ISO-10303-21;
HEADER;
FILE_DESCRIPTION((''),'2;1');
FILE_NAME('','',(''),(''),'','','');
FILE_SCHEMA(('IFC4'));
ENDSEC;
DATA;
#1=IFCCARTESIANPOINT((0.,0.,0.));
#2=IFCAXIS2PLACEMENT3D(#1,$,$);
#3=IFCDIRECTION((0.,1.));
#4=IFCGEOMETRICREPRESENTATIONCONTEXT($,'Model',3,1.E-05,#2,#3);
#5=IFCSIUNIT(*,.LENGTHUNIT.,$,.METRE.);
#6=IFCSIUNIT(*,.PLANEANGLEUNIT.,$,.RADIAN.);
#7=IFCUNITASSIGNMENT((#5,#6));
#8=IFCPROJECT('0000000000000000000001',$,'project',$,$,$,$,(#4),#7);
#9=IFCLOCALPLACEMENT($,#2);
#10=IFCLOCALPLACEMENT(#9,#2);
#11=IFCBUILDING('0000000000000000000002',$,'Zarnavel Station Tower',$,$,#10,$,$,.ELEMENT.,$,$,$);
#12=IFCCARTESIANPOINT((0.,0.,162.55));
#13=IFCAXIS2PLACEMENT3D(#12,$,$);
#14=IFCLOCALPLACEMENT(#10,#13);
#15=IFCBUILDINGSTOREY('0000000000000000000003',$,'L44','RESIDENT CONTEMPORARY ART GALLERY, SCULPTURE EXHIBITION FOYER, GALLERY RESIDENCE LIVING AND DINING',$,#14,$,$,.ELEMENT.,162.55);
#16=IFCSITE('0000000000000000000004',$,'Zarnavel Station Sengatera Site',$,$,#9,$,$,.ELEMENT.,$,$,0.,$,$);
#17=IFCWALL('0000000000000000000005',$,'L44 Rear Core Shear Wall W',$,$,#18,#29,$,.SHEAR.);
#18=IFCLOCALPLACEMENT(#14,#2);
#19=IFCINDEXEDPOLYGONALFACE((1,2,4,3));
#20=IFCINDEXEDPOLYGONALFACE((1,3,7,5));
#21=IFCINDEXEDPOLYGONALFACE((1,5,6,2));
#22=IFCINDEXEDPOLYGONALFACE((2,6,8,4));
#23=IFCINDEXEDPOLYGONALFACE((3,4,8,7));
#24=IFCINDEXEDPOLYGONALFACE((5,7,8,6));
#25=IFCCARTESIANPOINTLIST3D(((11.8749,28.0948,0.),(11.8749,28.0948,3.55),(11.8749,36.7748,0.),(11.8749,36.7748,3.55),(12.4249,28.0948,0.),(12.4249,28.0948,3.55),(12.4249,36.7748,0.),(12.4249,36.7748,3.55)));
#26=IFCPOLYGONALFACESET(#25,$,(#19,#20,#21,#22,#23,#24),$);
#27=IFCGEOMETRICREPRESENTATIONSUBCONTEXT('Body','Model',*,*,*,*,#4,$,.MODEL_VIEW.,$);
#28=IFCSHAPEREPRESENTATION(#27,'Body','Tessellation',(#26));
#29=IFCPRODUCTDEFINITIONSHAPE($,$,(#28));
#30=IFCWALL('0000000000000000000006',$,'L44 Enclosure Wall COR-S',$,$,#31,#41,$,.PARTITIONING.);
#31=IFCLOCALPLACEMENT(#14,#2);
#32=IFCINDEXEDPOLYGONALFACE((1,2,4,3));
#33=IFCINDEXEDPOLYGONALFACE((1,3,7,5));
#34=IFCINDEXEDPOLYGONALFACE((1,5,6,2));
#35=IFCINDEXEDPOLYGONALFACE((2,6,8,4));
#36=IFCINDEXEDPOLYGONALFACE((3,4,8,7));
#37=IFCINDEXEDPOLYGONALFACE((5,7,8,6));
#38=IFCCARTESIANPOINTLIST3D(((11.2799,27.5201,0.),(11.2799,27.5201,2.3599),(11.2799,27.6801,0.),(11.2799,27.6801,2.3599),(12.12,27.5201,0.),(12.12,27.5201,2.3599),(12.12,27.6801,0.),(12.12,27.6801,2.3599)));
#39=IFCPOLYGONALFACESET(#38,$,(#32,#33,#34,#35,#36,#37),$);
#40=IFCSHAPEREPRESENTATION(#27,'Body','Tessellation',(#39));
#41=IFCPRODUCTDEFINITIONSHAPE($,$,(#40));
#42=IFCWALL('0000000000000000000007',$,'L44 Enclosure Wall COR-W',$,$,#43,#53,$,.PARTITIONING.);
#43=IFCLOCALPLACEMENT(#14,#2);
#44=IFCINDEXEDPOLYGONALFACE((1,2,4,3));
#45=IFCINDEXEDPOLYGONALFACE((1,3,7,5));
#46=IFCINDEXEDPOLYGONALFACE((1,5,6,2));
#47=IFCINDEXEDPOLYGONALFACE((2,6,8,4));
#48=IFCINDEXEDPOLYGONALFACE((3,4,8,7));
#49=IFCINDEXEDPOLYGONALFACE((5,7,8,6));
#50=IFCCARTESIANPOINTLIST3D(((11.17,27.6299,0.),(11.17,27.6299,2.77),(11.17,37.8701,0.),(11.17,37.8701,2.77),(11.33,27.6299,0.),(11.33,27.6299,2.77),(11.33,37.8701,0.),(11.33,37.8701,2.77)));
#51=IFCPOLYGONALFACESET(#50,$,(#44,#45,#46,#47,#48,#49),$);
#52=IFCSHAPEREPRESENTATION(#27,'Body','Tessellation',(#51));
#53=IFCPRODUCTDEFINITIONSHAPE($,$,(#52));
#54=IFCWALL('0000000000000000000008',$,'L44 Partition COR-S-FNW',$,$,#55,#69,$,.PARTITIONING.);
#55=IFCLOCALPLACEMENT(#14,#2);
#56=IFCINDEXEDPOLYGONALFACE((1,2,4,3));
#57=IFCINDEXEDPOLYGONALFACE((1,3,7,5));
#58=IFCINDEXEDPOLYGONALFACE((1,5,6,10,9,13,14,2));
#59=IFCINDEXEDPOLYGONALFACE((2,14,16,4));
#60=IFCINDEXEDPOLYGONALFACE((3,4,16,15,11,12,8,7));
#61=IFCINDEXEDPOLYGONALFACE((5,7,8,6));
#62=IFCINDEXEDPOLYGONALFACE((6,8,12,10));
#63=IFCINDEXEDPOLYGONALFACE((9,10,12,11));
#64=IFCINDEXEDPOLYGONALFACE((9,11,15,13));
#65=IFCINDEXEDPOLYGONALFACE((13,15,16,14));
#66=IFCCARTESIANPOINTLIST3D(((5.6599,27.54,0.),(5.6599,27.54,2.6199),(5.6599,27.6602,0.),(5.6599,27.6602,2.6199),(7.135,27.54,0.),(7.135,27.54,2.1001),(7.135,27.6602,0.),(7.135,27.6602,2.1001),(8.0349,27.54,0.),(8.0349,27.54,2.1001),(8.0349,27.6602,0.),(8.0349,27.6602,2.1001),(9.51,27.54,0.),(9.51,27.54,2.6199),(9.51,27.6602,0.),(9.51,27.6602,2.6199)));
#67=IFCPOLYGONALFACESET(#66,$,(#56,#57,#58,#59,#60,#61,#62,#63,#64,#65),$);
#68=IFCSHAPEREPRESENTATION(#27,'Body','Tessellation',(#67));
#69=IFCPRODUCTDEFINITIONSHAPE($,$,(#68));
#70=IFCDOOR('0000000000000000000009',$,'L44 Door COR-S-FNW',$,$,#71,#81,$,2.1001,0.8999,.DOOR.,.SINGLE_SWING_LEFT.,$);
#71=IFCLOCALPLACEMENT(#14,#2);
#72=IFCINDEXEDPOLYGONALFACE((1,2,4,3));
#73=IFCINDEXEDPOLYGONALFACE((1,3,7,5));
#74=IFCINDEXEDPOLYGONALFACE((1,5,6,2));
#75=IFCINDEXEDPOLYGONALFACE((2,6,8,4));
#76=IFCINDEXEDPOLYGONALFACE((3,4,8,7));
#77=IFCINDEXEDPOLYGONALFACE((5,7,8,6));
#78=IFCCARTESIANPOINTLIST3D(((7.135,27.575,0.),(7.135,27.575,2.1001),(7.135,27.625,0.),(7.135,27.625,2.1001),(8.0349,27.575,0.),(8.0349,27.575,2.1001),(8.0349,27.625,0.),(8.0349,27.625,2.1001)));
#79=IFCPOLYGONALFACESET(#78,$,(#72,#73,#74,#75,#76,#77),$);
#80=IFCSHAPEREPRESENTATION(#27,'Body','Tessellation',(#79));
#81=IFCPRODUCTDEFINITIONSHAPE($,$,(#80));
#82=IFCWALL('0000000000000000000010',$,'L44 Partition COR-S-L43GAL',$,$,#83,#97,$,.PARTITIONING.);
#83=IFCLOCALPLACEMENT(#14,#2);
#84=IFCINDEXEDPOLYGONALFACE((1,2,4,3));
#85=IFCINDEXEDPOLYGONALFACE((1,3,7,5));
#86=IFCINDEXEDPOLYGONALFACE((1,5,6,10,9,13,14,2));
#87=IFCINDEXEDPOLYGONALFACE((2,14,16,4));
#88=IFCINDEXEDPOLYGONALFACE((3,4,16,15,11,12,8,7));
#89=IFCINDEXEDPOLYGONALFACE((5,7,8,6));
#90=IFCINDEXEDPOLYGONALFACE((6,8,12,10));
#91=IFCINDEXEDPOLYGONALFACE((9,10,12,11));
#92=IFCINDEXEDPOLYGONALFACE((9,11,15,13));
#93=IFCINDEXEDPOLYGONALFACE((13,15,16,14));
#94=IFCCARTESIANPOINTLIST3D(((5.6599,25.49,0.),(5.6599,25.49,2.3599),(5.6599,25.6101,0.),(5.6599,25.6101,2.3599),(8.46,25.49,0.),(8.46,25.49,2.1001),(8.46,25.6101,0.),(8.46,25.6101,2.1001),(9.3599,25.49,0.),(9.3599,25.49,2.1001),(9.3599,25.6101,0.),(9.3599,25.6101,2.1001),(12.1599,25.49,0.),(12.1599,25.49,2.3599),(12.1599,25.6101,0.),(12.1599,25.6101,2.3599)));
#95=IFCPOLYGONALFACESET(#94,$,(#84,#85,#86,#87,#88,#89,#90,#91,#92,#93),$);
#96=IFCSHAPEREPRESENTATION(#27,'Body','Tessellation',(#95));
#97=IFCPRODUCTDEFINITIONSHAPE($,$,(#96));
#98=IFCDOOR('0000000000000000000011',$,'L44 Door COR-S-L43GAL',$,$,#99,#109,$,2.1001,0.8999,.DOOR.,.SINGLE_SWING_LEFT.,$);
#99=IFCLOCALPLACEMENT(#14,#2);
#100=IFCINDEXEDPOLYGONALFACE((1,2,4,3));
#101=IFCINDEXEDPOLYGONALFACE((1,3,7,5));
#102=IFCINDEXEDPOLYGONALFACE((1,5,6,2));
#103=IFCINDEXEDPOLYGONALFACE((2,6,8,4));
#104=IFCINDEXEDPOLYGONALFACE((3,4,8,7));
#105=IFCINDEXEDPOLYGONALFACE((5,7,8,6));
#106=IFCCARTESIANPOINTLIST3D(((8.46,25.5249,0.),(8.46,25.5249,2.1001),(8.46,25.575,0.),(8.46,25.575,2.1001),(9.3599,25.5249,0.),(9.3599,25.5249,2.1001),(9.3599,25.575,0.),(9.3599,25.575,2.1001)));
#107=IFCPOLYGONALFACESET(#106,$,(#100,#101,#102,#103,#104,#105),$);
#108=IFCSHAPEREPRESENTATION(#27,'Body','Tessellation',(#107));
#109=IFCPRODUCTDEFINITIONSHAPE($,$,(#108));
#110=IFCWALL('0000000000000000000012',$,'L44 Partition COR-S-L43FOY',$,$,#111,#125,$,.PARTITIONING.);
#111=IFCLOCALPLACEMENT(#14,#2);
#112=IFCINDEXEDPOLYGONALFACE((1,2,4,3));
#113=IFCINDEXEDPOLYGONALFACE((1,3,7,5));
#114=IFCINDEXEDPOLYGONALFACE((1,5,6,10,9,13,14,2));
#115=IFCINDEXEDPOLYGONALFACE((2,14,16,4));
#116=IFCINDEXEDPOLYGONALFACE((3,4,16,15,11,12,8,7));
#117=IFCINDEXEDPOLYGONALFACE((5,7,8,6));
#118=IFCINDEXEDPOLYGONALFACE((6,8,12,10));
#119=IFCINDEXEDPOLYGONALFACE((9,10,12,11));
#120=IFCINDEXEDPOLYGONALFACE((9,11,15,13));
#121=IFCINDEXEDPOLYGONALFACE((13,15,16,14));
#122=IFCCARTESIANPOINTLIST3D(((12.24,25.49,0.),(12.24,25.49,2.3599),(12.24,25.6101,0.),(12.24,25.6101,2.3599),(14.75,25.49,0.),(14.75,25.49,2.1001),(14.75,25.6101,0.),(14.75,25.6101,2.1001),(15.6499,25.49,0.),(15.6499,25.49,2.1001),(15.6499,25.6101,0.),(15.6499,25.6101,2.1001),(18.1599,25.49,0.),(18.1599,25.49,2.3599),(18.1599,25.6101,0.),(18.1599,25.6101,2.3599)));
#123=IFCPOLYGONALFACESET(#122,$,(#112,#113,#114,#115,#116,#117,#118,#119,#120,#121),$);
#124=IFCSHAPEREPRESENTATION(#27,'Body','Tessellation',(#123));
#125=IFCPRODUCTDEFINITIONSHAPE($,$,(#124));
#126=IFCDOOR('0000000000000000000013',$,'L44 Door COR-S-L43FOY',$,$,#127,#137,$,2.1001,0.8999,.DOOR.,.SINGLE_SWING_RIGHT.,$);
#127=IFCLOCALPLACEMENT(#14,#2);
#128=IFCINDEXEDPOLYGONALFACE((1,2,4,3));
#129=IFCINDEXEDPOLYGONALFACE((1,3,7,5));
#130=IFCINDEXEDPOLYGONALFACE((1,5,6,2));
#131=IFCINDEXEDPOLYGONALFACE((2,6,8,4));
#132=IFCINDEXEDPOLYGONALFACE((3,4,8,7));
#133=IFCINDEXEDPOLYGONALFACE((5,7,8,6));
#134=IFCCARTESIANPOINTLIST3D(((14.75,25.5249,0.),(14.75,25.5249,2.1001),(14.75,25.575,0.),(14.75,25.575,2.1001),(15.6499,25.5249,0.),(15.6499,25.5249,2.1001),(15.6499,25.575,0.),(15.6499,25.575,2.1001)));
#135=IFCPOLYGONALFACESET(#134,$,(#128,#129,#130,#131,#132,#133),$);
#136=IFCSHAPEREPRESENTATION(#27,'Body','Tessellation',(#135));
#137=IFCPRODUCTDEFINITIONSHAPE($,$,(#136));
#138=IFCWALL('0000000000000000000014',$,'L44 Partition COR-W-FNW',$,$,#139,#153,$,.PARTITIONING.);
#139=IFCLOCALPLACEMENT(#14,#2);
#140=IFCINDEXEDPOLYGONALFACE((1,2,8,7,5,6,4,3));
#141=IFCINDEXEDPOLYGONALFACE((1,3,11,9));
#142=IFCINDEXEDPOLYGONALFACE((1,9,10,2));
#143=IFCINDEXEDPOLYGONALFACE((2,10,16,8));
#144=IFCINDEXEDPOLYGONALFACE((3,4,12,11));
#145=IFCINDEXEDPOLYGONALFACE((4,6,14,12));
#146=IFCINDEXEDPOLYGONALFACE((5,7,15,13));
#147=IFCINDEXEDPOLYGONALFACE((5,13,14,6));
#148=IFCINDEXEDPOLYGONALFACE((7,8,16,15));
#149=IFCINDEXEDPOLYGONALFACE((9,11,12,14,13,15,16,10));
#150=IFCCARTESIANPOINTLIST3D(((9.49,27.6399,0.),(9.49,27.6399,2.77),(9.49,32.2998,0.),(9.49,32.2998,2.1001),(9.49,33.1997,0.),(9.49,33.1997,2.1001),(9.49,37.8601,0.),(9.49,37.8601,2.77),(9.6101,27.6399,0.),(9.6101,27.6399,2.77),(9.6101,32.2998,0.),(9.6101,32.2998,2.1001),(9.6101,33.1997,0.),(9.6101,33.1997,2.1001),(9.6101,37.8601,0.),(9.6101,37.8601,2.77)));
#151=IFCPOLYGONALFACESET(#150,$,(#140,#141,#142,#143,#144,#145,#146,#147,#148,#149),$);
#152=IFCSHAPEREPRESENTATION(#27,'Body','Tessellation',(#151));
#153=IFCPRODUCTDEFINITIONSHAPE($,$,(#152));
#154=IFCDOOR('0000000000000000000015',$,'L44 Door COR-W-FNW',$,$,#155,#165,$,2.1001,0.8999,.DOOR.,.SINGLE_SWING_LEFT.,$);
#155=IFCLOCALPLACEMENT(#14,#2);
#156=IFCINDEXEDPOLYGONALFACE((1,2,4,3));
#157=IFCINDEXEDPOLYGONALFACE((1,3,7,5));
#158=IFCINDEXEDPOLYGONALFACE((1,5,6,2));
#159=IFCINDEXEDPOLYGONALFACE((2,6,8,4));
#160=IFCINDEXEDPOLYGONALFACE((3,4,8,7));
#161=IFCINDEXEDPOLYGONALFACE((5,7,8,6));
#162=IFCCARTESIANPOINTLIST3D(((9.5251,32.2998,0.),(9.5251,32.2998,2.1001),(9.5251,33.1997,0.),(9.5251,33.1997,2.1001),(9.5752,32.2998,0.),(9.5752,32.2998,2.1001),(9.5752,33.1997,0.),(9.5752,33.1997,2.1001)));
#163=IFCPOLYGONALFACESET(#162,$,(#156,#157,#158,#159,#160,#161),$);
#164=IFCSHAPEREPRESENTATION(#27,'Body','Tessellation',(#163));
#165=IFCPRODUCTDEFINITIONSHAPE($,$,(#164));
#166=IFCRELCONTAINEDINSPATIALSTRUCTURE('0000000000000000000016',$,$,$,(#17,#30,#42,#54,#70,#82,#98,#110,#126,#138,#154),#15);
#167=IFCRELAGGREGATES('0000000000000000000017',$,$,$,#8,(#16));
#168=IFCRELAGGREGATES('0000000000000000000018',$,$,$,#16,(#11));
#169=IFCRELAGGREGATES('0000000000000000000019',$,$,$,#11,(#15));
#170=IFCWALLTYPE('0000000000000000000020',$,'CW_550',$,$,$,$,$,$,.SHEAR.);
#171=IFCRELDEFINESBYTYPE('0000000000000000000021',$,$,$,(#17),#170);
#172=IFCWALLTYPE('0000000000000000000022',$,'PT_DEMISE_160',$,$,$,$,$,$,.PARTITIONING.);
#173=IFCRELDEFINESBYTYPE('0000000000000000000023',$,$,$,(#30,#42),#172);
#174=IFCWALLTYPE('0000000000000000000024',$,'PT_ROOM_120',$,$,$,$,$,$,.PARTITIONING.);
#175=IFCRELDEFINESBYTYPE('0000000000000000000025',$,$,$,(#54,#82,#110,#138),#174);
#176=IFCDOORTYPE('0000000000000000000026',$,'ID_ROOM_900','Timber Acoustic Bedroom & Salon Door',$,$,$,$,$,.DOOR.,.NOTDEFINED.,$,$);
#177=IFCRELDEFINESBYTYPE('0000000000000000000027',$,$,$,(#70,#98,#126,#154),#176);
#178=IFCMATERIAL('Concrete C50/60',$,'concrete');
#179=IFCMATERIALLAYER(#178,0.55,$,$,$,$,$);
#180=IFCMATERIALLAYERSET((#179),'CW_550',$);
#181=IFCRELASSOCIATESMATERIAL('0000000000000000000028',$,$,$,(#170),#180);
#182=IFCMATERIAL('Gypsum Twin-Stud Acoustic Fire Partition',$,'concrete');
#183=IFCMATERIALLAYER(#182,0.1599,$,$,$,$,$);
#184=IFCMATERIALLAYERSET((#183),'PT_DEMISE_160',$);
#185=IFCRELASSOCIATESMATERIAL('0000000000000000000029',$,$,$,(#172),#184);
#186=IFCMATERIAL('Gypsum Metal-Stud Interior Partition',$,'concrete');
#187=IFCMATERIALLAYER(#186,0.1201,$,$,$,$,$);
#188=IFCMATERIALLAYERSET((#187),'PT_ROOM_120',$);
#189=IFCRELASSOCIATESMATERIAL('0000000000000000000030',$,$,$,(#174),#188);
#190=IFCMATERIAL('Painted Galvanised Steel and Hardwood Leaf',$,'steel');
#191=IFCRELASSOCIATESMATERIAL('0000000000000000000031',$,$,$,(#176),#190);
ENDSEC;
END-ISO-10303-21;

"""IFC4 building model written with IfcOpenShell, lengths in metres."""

from ifc_helpers import new_model, si_unit, direction, frame, frame_2d, origin, place, context, subcontext, project, spatial, rectangle, extrude, material, layer, layer_set, type_object, element, fill, save


model = new_model("IFC4")

# Units and contexts
model_context = context("Model", 3, precision=1e-05, world=origin(), true_north=direction((0.0, 1.0)))
body_context = subcontext(model_context, "Body", "Model", "MODEL_VIEW")
ifc_project = project(units=[si_unit("LENGTHUNIT", "METRE"), si_unit("PLANEANGLEUNIT", "RADIAN")], contexts=[model_context])

# Site, building, storey
site_placement = place(None, origin())
site = spatial("IfcSite", under=ifc_project, at=site_placement, Name="Zarnavel Station Sengatera Site", CompositionType="ELEMENT", RefElevation=0.0)
building_placement = place(site_placement, origin())
building = spatial("IfcBuilding", under=site, at=building_placement, Name="Zarnavel Station Tower", CompositionType="ELEMENT")
storey_placement = place(building_placement, frame((0.0, 0.0, 162.55)))
storey = spatial("IfcBuildingStorey", under=building, at=storey_placement, Name="L44", Description="RESIDENT CONTEMPORARY ART GALLERY, SCULPTURE EXHIBITION FOYER, GALLERY RESIDENCE LIVING AND DINING", CompositionType="ELEMENT", Elevation=162.55)

# Walls
ifc_material_1 = material(Name="Concrete C50/60", Category="concrete")
ifc_layer_1 = layer(ifc_material_1, 0.55)
ifc_layer_set_1 = layer_set([ifc_layer_1], Name="CW_550")
wall_type_1 = type_object("IfcWallType", Name="CW_550", PredefinedType="SHEAR", material=ifc_layer_set_1)
wall_1_placement = place(storey_placement, frame((12.1499, 28.095, 0.0), z_axis=(0.0, 0.0, 1.0), x_axis=(0.0, 1.0, 0.0)))
element("IfcWall", 1, at=wall_1_placement, inside=storey, type_object=wall_type_1, Name="L44 Rear Core Shear Wall W", PredefinedType="SHEAR", context=body_context, shape_type="SweptSolid", body=[
    extrude(rectangle(XDim=8.6799, YDim=0.55, at=frame_2d((4.3398, 0.0))), origin(), (0.0, 0.0, 1.0), 3.55),
])
ifc_material_2 = material(Name="Gypsum Twin-Stud Acoustic Fire Partition", Category="concrete")
ifc_layer_2 = layer(ifc_material_2, 0.1599)
ifc_layer_set_2 = layer_set([ifc_layer_2], Name="PT_DEMISE_160")
wall_type_2 = type_object("IfcWallType", Name="PT_DEMISE_160", PredefinedType="PARTITIONING", material=ifc_layer_set_2)
wall_2_placement = place(storey_placement, frame((11.28, 27.6001, 0.0), z_axis=(0.0, 0.0, 1.0), x_axis=(1.0, 0.0, 0.0)))
element("IfcWall", 2, at=wall_2_placement, inside=storey, type_object=wall_type_2, Name="L44 Enclosure Wall COR-S", PredefinedType="PARTITIONING", context=body_context, shape_type="SweptSolid", body=[
    extrude(rectangle(XDim=0.8401, YDim=0.1599, at=frame_2d((0.4199, 0.0))), origin(), (0.0, 0.0, 1.0), 2.3599),
])
wall_3_placement = place(storey_placement, frame((11.25, 27.6299, 0.0), z_axis=(0.0, 0.0, 1.0), x_axis=(0.0, 1.0, 0.0)))
element("IfcWall", 3, at=wall_3_placement, inside=storey, type_object=wall_type_2, Name="L44 Enclosure Wall COR-W", PredefinedType="PARTITIONING", context=body_context, shape_type="SweptSolid", body=[
    extrude(rectangle(XDim=10.2402, YDim=0.1599, at=frame_2d((5.1201, 0.0))), origin(), (0.0, 0.0, 1.0), 2.77),
])

# Walls, openings, doors
ifc_material_3 = material(Name="Gypsum Metal-Stud Interior Partition", Category="concrete")
ifc_layer_3 = layer(ifc_material_3, 0.1201)
ifc_layer_set_3 = layer_set([ifc_layer_3], Name="PT_ROOM_120")
wall_type_3 = type_object("IfcWallType", Name="PT_ROOM_120", PredefinedType="PARTITIONING", material=ifc_layer_set_3)
wall_4_placement = place(storey_placement, frame((5.6599, 27.6001, 0.0), z_axis=(0.0, 0.0, 1.0), x_axis=(1.0, 0.0, 0.0)))
wall_4 = element("IfcWall", 4, at=wall_4_placement, inside=storey, type_object=wall_type_3, Name="L44 Partition COR-S-FNW", PredefinedType="PARTITIONING", context=body_context, shape_type="SweptSolid", body=[
    extrude(rectangle(XDim=3.8501, YDim=0.1201, at=frame_2d((1.925, 0.0))), origin(), (0.0, 0.0, 1.0), 2.6199),
])
opening_1_placement = place(wall_4_placement, frame((1.4751, 0.0, 0.0)))
opening_1 = element("IfcOpeningElement", 5, at=opening_1_placement, cuts=wall_4, PredefinedType="OPENING", context=body_context, shape_type="SweptSolid", body=[
    extrude(rectangle(XDim=0.8999, YDim=2.1001, at=frame_2d((0.45, 1.05))), frame((0.0, 0.0701, 0.0), z_axis=(0.0, -1.0, 0.0), x_axis=(1.0, 0.0, 0.0)), (0.0, 0.0, 1.0), 0.1401),
])
ifc_material_4 = material(Name="Painted Galvanised Steel and Hardwood Leaf", Category="steel")
door_type = type_object("IfcDoorType", Name="ID_ROOM_900", Description="Timber Acoustic Bedroom & Salon Door", OperationType="NOTDEFINED", PredefinedType="DOOR", material=ifc_material_4)
door_1_placement = place(opening_1_placement, origin())
door_1 = element("IfcDoor", 6, at=door_1_placement, inside=storey, type_object=door_type, Name="L44 Door COR-S-FNW", OperationType="SINGLE_SWING_LEFT", OverallHeight=2.1001, OverallWidth=0.8999, PredefinedType="DOOR", context=body_context, shape_type="SweptSolid", body=[
    extrude(rectangle(XDim=0.8999, YDim=2.1001, at=frame_2d((0.45, 1.05))), frame((0.0, 0.0249, 0.0), z_axis=(0.0, -1.0, 0.0), x_axis=(1.0, 0.0, 0.0)), (0.0, 0.0, 1.0), 0.05),
])
fill(opening_1, door_1)
wall_5_placement = place(storey_placement, frame((5.6599, 25.55, 0.0), z_axis=(0.0, 0.0, 1.0), x_axis=(1.0, 0.0, 0.0)))
wall_5 = element("IfcWall", 7, at=wall_5_placement, inside=storey, type_object=wall_type_3, Name="L44 Partition COR-S-L43GAL", PredefinedType="PARTITIONING", context=body_context, shape_type="SweptSolid", body=[
    extrude(rectangle(XDim=6.5, YDim=0.1201, at=frame_2d((3.25, 0.0))), origin(), (0.0, 0.0, 1.0), 2.3599),
])
opening_2_placement = place(wall_5_placement, frame((2.8, 0.0, 0.0)))
opening_2 = element("IfcOpeningElement", 8, at=opening_2_placement, cuts=wall_5, PredefinedType="OPENING", context=body_context, shape_type="SweptSolid", body=[
    extrude(rectangle(XDim=0.8999, YDim=2.1001, at=frame_2d((0.45, 1.05))), frame((0.0, 0.0701, 0.0), z_axis=(0.0, -1.0, 0.0), x_axis=(1.0, 0.0, 0.0)), (0.0, 0.0, 1.0), 0.1401),
])
door_2_placement = place(opening_2_placement, origin())
door_2 = element("IfcDoor", 9, at=door_2_placement, inside=storey, type_object=door_type, Name="L44 Door COR-S-L43GAL", OperationType="SINGLE_SWING_LEFT", OverallHeight=2.1001, OverallWidth=0.8999, PredefinedType="DOOR", context=body_context, shape_type="SweptSolid", body=[
    extrude(rectangle(XDim=0.8999, YDim=2.1001, at=frame_2d((0.45, 1.05))), frame((0.0, 0.0249, 0.0), z_axis=(0.0, -1.0, 0.0), x_axis=(1.0, 0.0, 0.0)), (0.0, 0.0, 1.0), 0.05),
])
fill(opening_2, door_2)
wall_6_placement = place(storey_placement, frame((12.24, 25.55, 0.0), z_axis=(0.0, 0.0, 1.0), x_axis=(1.0, 0.0, 0.0)))
wall_6 = element("IfcWall", 10, at=wall_6_placement, inside=storey, type_object=wall_type_3, Name="L44 Partition COR-S-L43FOY", PredefinedType="PARTITIONING", context=body_context, shape_type="SweptSolid", body=[
    extrude(rectangle(XDim=5.9199, YDim=0.1201, at=frame_2d((2.96, 0.0))), origin(), (0.0, 0.0, 1.0), 2.3599),
])
opening_3_placement = place(wall_6_placement, frame((2.51, 0.0, 0.0)))
opening_3 = element("IfcOpeningElement", 11, at=opening_3_placement, cuts=wall_6, PredefinedType="OPENING", context=body_context, shape_type="SweptSolid", body=[
    extrude(rectangle(XDim=0.8999, YDim=2.1001, at=frame_2d((0.45, 1.05))), frame((0.0, 0.0701, 0.0), z_axis=(0.0, -1.0, 0.0), x_axis=(1.0, 0.0, 0.0)), (0.0, 0.0, 1.0), 0.1401),
])
door_3_placement = place(opening_3_placement, origin())
door_3 = element("IfcDoor", 12, at=door_3_placement, inside=storey, type_object=door_type, Name="L44 Door COR-S-L43FOY", OperationType="SINGLE_SWING_RIGHT", OverallHeight=2.1001, OverallWidth=0.8999, PredefinedType="DOOR", context=body_context, shape_type="SweptSolid", body=[
    extrude(rectangle(XDim=0.8999, YDim=2.1001, at=frame_2d((0.45, 1.05))), frame((0.0, 0.0249, 0.0), z_axis=(0.0, -1.0, 0.0), x_axis=(1.0, 0.0, 0.0)), (0.0, 0.0, 1.0), 0.05),
])
fill(opening_3, door_3)
wall_7_placement = place(storey_placement, frame((9.55, 27.6399, 0.0), z_axis=(0.0, 0.0, 1.0), x_axis=(0.0, 1.0, 0.0)))
wall_7 = element("IfcWall", 13, at=wall_7_placement, inside=storey, type_object=wall_type_3, Name="L44 Partition COR-W-FNW", PredefinedType="PARTITIONING", context=body_context, shape_type="SweptSolid", body=[
    extrude(rectangle(XDim=10.2202, YDim=0.1201, at=frame_2d((5.1101, 0.0))), origin(), (0.0, 0.0, 1.0), 2.77),
])
opening_4_placement = place(wall_7_placement, frame((4.6599, 0.0, 0.0)))
opening_4 = element("IfcOpeningElement", 14, at=opening_4_placement, cuts=wall_7, PredefinedType="OPENING", context=body_context, shape_type="SweptSolid", body=[
    extrude(rectangle(XDim=0.8999, YDim=2.1001, at=frame_2d((0.45, 1.05))), frame((0.0, 0.0701, 0.0), z_axis=(0.0, -1.0, 0.0), x_axis=(1.0, 0.0, 0.0)), (0.0, 0.0, 1.0), 0.1401),
])
door_4_placement = place(opening_4_placement, origin())
door_4 = element("IfcDoor", 15, at=door_4_placement, inside=storey, type_object=door_type, Name="L44 Door COR-W-FNW", OperationType="SINGLE_SWING_LEFT", OverallHeight=2.1001, OverallWidth=0.8999, PredefinedType="DOOR", context=body_context, shape_type="SweptSolid", body=[
    extrude(rectangle(XDim=0.8999, YDim=2.1001, at=frame_2d((0.45, 1.05))), frame((0.0, 0.0249, 0.0), z_axis=(0.0, -1.0, 0.0), x_axis=(1.0, 0.0, 0.0)), (0.0, 0.0, 1.0), 0.05),
])
fill(opening_4, door_4)

save(model, "model.ifc")
